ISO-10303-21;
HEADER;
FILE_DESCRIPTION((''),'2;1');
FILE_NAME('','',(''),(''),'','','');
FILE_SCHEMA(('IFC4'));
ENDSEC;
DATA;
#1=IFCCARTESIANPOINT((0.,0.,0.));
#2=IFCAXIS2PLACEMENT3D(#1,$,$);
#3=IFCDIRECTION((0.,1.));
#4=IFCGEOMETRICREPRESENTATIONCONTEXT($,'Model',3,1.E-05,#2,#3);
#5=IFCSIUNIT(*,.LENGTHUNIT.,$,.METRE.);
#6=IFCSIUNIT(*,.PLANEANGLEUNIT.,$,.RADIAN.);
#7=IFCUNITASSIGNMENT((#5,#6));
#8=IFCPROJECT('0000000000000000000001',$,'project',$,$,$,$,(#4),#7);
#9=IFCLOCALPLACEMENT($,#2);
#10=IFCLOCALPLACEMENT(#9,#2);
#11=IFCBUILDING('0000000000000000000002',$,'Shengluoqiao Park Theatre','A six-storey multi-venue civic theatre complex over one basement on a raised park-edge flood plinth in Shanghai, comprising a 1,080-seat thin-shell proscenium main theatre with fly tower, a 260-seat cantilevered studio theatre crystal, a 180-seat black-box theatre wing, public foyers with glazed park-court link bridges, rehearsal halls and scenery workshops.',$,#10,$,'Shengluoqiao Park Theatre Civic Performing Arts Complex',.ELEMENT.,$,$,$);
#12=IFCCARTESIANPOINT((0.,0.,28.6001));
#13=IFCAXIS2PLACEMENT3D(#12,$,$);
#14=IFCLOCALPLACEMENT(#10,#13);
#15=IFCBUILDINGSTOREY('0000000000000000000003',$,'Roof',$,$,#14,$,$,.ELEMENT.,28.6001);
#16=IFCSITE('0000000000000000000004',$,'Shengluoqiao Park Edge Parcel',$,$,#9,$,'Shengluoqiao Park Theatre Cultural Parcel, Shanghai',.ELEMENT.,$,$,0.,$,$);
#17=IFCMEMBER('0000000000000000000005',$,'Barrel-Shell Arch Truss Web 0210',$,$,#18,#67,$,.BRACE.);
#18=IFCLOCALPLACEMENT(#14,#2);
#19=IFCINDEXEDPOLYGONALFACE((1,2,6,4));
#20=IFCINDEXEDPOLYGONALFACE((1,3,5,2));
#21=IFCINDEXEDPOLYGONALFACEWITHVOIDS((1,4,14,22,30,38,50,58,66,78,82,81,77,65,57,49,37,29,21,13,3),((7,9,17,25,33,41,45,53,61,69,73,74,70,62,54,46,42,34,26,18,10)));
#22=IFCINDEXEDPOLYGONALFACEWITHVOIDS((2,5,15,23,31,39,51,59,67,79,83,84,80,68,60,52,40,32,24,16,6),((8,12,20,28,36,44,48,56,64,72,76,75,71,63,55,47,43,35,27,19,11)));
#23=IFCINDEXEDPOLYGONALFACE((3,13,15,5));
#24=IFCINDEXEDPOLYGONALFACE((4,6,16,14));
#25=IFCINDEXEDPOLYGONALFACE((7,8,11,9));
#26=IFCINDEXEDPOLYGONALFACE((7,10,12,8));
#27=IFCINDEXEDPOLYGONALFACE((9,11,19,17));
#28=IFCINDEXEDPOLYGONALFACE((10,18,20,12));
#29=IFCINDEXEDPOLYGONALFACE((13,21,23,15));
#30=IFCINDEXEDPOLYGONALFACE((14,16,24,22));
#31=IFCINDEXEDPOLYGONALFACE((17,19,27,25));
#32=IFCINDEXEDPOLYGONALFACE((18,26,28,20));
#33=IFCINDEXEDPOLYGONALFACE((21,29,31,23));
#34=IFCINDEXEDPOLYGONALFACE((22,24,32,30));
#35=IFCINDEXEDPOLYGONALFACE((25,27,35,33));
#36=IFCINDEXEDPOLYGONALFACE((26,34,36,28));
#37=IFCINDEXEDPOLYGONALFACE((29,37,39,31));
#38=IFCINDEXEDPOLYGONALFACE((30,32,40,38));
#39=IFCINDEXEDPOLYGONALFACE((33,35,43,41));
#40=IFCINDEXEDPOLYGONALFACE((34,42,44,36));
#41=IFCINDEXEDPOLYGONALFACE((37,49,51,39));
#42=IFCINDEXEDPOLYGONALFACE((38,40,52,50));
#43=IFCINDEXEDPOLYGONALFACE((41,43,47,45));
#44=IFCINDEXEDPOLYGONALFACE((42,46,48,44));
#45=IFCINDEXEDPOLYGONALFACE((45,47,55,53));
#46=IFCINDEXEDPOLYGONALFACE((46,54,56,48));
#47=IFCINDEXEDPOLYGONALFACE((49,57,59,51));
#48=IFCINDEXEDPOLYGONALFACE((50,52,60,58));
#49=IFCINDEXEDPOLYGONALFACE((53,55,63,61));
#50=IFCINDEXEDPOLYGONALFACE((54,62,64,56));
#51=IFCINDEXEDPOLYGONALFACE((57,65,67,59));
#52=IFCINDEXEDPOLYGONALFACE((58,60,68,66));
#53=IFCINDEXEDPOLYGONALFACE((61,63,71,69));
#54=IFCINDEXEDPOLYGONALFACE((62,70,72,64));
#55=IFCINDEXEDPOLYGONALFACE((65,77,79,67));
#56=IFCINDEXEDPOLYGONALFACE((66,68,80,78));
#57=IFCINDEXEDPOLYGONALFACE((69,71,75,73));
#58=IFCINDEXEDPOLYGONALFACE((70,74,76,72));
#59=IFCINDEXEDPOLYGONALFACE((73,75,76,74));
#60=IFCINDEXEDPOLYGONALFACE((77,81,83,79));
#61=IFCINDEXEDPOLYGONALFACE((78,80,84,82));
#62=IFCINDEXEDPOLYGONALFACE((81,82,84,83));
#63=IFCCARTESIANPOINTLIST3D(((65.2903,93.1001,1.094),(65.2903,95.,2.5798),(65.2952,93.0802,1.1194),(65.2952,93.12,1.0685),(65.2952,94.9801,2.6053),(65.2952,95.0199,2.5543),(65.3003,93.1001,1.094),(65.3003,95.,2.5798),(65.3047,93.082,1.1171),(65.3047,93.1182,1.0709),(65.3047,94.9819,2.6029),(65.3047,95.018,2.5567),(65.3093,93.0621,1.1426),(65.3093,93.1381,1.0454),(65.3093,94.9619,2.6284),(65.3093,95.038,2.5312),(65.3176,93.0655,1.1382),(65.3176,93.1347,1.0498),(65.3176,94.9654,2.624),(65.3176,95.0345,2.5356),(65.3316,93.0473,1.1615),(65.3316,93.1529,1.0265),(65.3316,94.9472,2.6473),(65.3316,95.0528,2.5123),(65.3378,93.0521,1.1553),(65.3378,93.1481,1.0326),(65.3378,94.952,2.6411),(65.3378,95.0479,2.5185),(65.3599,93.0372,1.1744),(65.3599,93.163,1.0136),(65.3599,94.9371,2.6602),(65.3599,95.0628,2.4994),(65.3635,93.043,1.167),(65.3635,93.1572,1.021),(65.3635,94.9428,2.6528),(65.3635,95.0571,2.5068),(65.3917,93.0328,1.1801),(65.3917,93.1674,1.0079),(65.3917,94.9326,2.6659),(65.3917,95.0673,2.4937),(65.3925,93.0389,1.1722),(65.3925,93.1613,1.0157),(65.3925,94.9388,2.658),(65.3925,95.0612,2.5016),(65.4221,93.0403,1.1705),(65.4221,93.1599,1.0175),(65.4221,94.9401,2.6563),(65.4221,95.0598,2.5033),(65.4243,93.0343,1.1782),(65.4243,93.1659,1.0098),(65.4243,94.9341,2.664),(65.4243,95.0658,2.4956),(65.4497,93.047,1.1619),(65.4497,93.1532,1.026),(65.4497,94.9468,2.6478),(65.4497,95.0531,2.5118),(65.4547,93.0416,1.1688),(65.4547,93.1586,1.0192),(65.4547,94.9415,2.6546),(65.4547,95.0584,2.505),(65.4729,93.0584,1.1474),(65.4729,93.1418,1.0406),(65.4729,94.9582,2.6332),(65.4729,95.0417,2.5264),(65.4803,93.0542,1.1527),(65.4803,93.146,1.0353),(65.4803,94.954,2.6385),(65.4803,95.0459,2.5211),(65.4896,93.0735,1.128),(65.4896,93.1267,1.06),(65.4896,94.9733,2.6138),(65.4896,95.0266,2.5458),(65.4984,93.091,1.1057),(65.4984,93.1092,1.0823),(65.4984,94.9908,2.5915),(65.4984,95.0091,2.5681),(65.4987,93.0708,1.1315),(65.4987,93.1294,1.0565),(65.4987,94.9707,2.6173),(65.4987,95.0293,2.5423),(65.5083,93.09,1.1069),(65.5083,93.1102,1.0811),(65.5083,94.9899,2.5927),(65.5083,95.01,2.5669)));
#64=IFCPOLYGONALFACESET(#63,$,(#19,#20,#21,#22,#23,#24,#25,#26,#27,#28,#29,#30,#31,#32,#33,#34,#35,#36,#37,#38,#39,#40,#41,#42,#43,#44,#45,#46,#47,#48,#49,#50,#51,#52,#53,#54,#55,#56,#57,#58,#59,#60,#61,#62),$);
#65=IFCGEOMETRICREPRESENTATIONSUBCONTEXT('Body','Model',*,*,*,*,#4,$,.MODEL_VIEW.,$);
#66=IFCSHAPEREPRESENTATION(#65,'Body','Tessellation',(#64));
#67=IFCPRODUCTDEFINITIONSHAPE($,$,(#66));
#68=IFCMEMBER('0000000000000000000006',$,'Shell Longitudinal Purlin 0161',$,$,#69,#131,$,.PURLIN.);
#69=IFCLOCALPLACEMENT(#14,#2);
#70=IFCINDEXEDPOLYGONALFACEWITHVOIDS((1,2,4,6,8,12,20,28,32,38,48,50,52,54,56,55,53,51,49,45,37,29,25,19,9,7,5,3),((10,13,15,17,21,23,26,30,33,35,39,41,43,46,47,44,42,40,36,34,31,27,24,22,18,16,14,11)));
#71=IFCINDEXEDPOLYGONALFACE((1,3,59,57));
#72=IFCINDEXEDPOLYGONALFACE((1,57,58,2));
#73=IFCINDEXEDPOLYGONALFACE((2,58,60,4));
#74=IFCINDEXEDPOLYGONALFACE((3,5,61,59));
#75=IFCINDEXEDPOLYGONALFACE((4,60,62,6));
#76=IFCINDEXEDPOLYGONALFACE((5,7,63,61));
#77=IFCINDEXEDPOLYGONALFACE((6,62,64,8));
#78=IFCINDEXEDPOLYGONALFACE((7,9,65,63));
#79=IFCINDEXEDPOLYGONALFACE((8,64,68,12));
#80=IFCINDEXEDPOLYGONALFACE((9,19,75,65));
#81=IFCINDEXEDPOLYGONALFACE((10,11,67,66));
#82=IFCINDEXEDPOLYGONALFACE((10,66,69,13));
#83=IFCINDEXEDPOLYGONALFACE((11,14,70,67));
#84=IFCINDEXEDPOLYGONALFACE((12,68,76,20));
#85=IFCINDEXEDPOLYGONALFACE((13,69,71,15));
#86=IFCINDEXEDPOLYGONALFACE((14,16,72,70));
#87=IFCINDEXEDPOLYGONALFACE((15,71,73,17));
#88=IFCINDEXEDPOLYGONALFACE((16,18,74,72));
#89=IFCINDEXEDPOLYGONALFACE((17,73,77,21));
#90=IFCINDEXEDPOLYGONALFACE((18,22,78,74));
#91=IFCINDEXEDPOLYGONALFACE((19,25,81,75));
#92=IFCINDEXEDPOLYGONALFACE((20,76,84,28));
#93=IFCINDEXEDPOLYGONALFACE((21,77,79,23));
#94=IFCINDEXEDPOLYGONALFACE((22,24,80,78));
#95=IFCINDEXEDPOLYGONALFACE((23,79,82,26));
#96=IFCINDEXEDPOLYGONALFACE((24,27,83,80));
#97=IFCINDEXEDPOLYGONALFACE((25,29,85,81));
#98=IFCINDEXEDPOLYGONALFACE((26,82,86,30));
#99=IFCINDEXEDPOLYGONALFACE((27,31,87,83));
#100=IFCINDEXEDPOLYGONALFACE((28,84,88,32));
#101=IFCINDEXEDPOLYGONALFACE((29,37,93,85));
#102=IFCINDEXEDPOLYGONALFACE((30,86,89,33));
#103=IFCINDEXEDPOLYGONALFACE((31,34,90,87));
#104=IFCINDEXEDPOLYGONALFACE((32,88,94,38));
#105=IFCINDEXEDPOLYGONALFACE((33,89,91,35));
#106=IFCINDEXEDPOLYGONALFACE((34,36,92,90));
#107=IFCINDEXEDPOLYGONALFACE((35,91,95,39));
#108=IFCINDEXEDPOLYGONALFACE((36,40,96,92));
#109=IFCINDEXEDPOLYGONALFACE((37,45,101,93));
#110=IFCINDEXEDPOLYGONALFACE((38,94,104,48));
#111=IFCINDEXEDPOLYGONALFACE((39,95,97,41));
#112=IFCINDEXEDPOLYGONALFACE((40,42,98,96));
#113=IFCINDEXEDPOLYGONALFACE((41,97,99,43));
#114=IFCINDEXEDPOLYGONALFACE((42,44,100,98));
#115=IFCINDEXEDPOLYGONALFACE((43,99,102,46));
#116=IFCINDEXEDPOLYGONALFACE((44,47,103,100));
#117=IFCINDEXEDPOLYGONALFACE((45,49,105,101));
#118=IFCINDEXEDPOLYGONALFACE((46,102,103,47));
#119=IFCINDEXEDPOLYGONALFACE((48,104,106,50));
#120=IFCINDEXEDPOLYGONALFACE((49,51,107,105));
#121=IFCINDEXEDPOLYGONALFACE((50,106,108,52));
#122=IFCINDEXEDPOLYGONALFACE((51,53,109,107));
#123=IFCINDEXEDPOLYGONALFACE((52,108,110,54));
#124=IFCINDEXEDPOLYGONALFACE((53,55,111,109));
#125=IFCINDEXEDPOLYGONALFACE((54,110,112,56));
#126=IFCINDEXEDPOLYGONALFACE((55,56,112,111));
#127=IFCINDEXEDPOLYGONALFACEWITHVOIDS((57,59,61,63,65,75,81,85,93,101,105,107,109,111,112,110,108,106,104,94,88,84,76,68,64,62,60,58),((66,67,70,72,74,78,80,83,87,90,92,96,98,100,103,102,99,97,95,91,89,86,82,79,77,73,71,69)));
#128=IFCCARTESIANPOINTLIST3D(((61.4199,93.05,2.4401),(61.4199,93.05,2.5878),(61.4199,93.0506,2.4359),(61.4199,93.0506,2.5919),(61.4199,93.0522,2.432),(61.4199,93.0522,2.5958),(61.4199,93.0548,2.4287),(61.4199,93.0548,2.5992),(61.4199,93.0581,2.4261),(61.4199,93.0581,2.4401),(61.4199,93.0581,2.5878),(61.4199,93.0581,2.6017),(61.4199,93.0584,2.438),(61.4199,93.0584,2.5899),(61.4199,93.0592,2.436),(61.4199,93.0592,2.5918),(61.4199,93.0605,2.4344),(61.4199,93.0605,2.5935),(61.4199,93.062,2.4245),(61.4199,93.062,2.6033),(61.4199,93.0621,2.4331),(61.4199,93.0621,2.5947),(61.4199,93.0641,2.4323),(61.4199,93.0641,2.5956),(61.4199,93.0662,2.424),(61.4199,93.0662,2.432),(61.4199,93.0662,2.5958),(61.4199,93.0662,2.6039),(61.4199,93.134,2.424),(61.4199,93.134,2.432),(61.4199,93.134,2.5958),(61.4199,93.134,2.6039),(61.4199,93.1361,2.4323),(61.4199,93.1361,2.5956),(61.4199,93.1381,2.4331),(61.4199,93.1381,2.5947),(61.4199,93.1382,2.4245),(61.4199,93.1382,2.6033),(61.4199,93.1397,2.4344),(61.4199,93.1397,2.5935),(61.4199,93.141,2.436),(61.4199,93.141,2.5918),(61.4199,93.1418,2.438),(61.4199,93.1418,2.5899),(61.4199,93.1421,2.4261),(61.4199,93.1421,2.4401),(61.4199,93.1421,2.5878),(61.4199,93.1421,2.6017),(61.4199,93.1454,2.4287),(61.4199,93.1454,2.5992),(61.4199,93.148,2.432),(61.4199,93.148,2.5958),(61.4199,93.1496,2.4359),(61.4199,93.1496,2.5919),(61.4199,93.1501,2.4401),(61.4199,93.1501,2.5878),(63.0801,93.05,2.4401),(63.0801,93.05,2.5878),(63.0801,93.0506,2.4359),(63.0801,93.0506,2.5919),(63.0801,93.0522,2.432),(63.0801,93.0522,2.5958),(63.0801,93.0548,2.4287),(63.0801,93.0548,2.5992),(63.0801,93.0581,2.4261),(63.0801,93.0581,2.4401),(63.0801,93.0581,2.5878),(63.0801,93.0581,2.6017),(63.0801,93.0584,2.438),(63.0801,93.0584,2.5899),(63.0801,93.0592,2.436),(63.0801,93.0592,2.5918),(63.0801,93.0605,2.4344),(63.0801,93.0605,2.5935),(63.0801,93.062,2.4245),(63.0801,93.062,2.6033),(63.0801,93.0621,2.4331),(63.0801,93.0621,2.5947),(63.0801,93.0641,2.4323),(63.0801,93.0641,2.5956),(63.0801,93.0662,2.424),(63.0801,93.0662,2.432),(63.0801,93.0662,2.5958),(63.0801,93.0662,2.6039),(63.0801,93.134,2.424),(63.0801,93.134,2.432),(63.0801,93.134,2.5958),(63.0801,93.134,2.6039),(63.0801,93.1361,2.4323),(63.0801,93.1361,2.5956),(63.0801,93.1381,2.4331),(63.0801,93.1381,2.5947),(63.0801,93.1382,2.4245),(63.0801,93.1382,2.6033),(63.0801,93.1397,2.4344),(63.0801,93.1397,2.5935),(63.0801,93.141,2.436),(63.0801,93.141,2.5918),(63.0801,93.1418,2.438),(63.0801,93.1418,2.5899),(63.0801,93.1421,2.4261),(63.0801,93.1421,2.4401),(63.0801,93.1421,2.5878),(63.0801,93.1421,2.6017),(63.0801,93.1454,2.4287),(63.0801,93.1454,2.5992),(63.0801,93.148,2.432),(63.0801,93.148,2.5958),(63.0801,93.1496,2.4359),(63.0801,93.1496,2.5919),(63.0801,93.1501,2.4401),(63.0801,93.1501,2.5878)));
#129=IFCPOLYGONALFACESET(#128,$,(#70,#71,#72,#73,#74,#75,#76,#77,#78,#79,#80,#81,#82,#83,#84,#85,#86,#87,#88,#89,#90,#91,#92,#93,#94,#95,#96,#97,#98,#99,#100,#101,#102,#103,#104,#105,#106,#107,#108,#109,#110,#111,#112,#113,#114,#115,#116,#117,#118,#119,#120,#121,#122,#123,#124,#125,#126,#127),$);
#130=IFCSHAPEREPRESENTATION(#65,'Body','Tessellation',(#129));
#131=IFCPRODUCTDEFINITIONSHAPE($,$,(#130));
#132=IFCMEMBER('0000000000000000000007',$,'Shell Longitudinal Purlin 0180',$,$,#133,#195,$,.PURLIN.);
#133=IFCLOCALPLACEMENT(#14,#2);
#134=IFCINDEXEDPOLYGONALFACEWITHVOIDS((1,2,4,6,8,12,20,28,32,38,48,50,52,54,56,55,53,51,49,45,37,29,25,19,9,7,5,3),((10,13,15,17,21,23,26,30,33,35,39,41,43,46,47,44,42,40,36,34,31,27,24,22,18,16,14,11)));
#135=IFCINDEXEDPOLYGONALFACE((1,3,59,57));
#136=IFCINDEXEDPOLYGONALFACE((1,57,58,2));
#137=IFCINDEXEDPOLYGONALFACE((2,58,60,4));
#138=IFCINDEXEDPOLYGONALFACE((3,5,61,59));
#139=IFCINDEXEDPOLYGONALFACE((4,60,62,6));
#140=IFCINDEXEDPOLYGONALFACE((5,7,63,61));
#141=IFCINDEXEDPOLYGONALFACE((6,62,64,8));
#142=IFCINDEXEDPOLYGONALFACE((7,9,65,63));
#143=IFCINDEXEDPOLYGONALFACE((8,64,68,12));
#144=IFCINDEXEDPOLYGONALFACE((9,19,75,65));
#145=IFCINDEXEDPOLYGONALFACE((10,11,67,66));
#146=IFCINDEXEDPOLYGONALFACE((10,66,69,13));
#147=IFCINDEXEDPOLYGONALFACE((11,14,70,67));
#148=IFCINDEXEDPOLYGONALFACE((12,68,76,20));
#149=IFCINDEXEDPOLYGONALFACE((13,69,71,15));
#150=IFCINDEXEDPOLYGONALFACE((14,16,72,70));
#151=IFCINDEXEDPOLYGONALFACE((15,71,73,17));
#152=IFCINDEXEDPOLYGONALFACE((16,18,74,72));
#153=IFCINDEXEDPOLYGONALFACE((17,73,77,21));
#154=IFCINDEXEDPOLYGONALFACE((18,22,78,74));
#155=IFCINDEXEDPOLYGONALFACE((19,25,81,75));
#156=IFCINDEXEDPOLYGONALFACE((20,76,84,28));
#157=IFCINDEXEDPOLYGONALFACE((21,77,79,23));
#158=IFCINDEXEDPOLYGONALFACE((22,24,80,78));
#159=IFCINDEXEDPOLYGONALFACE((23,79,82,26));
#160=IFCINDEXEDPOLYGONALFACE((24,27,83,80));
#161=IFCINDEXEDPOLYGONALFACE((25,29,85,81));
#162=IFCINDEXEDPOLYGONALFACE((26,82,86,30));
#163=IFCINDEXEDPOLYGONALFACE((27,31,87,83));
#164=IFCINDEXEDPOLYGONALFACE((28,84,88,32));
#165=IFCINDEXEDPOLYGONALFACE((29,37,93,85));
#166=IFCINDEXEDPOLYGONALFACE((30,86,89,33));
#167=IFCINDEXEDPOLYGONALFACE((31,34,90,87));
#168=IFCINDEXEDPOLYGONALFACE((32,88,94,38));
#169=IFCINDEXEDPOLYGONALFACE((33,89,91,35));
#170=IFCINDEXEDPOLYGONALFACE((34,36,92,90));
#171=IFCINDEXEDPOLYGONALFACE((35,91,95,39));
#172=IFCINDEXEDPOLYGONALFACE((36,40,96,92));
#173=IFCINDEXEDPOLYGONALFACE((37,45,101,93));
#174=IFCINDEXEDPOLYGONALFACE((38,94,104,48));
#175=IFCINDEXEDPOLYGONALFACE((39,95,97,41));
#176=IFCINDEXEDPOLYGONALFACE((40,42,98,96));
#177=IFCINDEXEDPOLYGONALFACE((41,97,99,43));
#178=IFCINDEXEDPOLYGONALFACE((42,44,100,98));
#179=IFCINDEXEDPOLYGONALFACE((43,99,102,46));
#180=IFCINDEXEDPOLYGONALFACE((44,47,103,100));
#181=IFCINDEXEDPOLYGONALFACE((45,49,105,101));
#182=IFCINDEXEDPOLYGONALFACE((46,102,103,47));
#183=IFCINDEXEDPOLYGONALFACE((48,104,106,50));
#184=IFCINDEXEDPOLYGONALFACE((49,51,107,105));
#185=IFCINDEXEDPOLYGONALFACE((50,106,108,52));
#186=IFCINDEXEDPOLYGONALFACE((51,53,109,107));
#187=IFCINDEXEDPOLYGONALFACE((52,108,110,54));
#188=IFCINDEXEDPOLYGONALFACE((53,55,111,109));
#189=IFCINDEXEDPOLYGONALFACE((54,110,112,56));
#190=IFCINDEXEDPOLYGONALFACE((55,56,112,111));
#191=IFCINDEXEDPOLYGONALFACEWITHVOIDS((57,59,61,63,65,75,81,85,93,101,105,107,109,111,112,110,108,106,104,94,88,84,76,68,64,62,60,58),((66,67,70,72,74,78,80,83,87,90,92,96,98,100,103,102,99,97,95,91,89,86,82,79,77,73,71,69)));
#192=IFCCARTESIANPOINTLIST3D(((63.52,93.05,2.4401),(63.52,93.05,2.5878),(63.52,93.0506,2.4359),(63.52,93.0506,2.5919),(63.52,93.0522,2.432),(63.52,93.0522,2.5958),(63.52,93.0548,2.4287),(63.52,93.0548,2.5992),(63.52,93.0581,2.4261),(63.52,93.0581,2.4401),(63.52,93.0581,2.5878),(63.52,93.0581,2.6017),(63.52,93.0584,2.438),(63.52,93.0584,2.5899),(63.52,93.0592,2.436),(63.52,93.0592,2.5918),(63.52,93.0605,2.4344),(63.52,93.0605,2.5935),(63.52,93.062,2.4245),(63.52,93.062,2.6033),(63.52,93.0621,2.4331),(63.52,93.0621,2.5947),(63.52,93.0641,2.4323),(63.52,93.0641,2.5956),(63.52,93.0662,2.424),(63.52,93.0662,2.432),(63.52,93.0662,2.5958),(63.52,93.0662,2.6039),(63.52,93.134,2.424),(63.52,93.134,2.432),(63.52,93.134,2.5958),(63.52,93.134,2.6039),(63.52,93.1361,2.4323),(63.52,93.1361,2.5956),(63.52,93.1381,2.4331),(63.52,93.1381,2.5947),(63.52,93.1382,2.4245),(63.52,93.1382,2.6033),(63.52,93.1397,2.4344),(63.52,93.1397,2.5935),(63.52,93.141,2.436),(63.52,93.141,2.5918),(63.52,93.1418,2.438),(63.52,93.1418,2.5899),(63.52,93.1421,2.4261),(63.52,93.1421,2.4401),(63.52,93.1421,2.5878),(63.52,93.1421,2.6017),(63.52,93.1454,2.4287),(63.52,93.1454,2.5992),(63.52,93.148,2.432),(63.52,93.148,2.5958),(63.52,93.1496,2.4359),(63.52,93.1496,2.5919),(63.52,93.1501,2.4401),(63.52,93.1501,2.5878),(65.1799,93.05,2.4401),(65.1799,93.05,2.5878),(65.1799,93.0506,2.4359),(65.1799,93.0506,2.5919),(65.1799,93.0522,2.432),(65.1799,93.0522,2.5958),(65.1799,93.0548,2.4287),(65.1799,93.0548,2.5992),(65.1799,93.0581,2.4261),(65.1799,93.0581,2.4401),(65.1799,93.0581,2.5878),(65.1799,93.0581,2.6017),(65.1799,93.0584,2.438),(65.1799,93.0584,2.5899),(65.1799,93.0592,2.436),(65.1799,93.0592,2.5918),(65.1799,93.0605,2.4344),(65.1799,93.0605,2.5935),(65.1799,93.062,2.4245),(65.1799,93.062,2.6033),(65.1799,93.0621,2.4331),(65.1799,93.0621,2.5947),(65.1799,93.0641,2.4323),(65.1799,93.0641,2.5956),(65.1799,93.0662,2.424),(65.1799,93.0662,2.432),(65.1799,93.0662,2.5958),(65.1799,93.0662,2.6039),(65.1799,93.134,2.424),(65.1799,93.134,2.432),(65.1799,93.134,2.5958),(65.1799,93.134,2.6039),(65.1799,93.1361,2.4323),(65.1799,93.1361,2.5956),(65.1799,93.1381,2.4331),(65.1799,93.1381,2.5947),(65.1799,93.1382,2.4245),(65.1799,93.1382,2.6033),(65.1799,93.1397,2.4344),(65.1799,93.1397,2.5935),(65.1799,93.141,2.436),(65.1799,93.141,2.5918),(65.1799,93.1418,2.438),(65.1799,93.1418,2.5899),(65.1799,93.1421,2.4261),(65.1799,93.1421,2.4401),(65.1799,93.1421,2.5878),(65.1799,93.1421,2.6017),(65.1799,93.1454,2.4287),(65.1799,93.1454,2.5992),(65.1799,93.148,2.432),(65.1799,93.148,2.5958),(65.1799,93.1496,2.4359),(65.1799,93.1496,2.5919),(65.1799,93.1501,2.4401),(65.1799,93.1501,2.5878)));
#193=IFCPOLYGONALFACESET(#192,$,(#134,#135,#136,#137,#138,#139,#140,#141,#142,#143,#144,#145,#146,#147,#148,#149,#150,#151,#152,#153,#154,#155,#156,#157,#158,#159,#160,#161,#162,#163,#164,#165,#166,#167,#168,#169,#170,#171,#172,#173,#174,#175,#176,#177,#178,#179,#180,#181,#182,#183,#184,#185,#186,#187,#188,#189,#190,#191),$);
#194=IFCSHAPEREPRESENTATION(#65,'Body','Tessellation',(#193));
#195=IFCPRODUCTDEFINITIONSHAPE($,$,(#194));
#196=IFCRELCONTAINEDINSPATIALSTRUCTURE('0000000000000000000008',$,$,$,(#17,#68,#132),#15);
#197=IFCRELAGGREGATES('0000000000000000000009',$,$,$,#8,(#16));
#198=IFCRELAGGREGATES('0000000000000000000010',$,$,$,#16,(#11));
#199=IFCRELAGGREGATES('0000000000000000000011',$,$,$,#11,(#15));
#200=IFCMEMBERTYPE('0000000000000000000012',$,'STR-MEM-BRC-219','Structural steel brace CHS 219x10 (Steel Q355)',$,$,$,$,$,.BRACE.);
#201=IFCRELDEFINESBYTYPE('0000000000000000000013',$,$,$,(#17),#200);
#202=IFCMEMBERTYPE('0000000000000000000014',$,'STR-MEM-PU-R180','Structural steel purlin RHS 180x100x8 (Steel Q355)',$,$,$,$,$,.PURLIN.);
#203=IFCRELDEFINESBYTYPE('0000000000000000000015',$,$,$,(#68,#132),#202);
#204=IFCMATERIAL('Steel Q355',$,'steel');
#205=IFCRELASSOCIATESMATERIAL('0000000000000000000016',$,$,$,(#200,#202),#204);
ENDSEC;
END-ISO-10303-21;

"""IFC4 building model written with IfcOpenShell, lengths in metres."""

from ifc_helpers import new_model, si_unit, direction, frame, origin, origin_2d, place, context, subcontext, project, spatial, hollow_rectangle, hollow_circle, extrude, material, material_profile, profile_set, type_object, element, save


model = new_model("IFC4")

# Units and contexts
model_context = context("Model", 3, precision=1e-05, world=origin(), true_north=direction((0.0, 1.0)))
body_context = subcontext(model_context, "Body", "Model", "MODEL_VIEW")
ifc_project = project(units=[si_unit("LENGTHUNIT", "METRE"), si_unit("PLANEANGLEUNIT", "RADIAN")], contexts=[model_context])

# Site, building, storey
site_placement = place(None, origin())
site = spatial("IfcSite", under=ifc_project, at=site_placement, Name="Shengluoqiao Park Edge Parcel", LongName="Shengluoqiao Park Theatre Cultural Parcel, Shanghai", CompositionType="ELEMENT", RefElevation=0.0)
building_placement = place(site_placement, origin())
building = spatial("IfcBuilding", under=site, at=building_placement, Name="Shengluoqiao Park Theatre", Description="A six-storey multi-venue civic theatre complex over one basement on a raised park-edge flood plinth in Shanghai, comprising a 1,080-seat thin-shell proscenium main theatre with fly tower, a 260-seat cantilevered studio theatre crystal, a 180-seat black-box theatre wing, public foyers with glazed park-court link bridges, rehearsal halls and scenery workshops.", LongName="Shengluoqiao Park Theatre Civic Performing Arts Complex", CompositionType="ELEMENT")
storey_placement = place(building_placement, frame((0.0, 0.0, 28.6001)))
storey = spatial("IfcBuildingStorey", under=building, at=storey_placement, Name="Roof", CompositionType="ELEMENT", Elevation=28.6001)

# Shared definitions
ifc_material_1 = material(Name="Steel Q355", Category="steel")

# Members
ifc_material_profile_1 = material_profile(ifc_material_1, hollow_circle(Radius=0.1096, WallThickness=0.01, at=origin_2d()), Name="CHS 219x10")
ifc_profile_set_1 = profile_set([ifc_material_profile_1], Name="Steel Q355")
member_type_1 = type_object("IfcMemberType", Name="STR-MEM-BRC-219", Description="Structural steel brace CHS 219x10 (Steel Q355)", PredefinedType="BRACE", material=ifc_profile_set_1)
for number, where, z_axis, x_axis, name in (
    (1, (65.3999, 93.1001, 1.094), (0.0, 0.787714, 0.616041), (-1.0, 0.0, 0.0), "Barrel-Shell Arch Truss Web 0210"),
):
    element("IfcMember", number, at=place(storey_placement, frame(where, z_axis=z_axis, x_axis=x_axis)), inside=storey, type_object=member_type_1, Name=name, PredefinedType="BRACE", context=body_context, shape_type="SweptSolid", body=[
        extrude(hollow_circle(Radius=0.1096, WallThickness=0.01, at=origin_2d()), origin(), (0.0, 0.0, 1.0), 2.4119),
    ])
ifc_material_profile_2 = material_profile(ifc_material_1, hollow_rectangle(XDim=0.1001, YDim=0.1799, WallThickness=0.0081, InnerFilletRadius=0.0081, OuterFilletRadius=0.0161, at=origin_2d()), Name="RHS 180x100x8")
ifc_profile_set_2 = profile_set([ifc_material_profile_2], Name="Steel Q355")
member_type_2 = type_object("IfcMemberType", Name="STR-MEM-PU-R180", Description="Structural steel purlin RHS 180x100x8 (Steel Q355)", PredefinedType="PURLIN", material=ifc_profile_set_2)
member_1_placement = place(storey_placement, frame((61.4199, 93.1001, 2.5139), z_axis=(1.0, 0.0, 0.0), x_axis=(0.0, 1.0, 0.0)))
element("IfcMember", 2, at=member_1_placement, inside=storey, type_object=member_type_2, Name="Shell Longitudinal Purlin 0161", PredefinedType="PURLIN", context=body_context, shape_type="SweptSolid", body=[
    extrude(hollow_rectangle(XDim=0.1001, YDim=0.1799, WallThickness=0.0081, InnerFilletRadius=0.0081, OuterFilletRadius=0.0161, at=origin_2d()), origin(), (0.0, 0.0, 1.0), 1.6602),
])
member_2_placement = place(storey_placement, frame((63.52, 93.1001, 2.5139), z_axis=(1.0, 0.0, 0.0), x_axis=(0.0, 1.0, 0.0)))
element("IfcMember", 3, at=member_2_placement, inside=storey, type_object=member_type_2, Name="Shell Longitudinal Purlin 0180", PredefinedType="PURLIN", context=body_context, shape_type="SweptSolid", body=[
    extrude(hollow_rectangle(XDim=0.1001, YDim=0.1799, WallThickness=0.0081, InnerFilletRadius=0.0081, OuterFilletRadius=0.0161, at=origin_2d()), origin(), (0.0, 0.0, 1.0), 1.6599),
])

save(model, "model.ifc")
